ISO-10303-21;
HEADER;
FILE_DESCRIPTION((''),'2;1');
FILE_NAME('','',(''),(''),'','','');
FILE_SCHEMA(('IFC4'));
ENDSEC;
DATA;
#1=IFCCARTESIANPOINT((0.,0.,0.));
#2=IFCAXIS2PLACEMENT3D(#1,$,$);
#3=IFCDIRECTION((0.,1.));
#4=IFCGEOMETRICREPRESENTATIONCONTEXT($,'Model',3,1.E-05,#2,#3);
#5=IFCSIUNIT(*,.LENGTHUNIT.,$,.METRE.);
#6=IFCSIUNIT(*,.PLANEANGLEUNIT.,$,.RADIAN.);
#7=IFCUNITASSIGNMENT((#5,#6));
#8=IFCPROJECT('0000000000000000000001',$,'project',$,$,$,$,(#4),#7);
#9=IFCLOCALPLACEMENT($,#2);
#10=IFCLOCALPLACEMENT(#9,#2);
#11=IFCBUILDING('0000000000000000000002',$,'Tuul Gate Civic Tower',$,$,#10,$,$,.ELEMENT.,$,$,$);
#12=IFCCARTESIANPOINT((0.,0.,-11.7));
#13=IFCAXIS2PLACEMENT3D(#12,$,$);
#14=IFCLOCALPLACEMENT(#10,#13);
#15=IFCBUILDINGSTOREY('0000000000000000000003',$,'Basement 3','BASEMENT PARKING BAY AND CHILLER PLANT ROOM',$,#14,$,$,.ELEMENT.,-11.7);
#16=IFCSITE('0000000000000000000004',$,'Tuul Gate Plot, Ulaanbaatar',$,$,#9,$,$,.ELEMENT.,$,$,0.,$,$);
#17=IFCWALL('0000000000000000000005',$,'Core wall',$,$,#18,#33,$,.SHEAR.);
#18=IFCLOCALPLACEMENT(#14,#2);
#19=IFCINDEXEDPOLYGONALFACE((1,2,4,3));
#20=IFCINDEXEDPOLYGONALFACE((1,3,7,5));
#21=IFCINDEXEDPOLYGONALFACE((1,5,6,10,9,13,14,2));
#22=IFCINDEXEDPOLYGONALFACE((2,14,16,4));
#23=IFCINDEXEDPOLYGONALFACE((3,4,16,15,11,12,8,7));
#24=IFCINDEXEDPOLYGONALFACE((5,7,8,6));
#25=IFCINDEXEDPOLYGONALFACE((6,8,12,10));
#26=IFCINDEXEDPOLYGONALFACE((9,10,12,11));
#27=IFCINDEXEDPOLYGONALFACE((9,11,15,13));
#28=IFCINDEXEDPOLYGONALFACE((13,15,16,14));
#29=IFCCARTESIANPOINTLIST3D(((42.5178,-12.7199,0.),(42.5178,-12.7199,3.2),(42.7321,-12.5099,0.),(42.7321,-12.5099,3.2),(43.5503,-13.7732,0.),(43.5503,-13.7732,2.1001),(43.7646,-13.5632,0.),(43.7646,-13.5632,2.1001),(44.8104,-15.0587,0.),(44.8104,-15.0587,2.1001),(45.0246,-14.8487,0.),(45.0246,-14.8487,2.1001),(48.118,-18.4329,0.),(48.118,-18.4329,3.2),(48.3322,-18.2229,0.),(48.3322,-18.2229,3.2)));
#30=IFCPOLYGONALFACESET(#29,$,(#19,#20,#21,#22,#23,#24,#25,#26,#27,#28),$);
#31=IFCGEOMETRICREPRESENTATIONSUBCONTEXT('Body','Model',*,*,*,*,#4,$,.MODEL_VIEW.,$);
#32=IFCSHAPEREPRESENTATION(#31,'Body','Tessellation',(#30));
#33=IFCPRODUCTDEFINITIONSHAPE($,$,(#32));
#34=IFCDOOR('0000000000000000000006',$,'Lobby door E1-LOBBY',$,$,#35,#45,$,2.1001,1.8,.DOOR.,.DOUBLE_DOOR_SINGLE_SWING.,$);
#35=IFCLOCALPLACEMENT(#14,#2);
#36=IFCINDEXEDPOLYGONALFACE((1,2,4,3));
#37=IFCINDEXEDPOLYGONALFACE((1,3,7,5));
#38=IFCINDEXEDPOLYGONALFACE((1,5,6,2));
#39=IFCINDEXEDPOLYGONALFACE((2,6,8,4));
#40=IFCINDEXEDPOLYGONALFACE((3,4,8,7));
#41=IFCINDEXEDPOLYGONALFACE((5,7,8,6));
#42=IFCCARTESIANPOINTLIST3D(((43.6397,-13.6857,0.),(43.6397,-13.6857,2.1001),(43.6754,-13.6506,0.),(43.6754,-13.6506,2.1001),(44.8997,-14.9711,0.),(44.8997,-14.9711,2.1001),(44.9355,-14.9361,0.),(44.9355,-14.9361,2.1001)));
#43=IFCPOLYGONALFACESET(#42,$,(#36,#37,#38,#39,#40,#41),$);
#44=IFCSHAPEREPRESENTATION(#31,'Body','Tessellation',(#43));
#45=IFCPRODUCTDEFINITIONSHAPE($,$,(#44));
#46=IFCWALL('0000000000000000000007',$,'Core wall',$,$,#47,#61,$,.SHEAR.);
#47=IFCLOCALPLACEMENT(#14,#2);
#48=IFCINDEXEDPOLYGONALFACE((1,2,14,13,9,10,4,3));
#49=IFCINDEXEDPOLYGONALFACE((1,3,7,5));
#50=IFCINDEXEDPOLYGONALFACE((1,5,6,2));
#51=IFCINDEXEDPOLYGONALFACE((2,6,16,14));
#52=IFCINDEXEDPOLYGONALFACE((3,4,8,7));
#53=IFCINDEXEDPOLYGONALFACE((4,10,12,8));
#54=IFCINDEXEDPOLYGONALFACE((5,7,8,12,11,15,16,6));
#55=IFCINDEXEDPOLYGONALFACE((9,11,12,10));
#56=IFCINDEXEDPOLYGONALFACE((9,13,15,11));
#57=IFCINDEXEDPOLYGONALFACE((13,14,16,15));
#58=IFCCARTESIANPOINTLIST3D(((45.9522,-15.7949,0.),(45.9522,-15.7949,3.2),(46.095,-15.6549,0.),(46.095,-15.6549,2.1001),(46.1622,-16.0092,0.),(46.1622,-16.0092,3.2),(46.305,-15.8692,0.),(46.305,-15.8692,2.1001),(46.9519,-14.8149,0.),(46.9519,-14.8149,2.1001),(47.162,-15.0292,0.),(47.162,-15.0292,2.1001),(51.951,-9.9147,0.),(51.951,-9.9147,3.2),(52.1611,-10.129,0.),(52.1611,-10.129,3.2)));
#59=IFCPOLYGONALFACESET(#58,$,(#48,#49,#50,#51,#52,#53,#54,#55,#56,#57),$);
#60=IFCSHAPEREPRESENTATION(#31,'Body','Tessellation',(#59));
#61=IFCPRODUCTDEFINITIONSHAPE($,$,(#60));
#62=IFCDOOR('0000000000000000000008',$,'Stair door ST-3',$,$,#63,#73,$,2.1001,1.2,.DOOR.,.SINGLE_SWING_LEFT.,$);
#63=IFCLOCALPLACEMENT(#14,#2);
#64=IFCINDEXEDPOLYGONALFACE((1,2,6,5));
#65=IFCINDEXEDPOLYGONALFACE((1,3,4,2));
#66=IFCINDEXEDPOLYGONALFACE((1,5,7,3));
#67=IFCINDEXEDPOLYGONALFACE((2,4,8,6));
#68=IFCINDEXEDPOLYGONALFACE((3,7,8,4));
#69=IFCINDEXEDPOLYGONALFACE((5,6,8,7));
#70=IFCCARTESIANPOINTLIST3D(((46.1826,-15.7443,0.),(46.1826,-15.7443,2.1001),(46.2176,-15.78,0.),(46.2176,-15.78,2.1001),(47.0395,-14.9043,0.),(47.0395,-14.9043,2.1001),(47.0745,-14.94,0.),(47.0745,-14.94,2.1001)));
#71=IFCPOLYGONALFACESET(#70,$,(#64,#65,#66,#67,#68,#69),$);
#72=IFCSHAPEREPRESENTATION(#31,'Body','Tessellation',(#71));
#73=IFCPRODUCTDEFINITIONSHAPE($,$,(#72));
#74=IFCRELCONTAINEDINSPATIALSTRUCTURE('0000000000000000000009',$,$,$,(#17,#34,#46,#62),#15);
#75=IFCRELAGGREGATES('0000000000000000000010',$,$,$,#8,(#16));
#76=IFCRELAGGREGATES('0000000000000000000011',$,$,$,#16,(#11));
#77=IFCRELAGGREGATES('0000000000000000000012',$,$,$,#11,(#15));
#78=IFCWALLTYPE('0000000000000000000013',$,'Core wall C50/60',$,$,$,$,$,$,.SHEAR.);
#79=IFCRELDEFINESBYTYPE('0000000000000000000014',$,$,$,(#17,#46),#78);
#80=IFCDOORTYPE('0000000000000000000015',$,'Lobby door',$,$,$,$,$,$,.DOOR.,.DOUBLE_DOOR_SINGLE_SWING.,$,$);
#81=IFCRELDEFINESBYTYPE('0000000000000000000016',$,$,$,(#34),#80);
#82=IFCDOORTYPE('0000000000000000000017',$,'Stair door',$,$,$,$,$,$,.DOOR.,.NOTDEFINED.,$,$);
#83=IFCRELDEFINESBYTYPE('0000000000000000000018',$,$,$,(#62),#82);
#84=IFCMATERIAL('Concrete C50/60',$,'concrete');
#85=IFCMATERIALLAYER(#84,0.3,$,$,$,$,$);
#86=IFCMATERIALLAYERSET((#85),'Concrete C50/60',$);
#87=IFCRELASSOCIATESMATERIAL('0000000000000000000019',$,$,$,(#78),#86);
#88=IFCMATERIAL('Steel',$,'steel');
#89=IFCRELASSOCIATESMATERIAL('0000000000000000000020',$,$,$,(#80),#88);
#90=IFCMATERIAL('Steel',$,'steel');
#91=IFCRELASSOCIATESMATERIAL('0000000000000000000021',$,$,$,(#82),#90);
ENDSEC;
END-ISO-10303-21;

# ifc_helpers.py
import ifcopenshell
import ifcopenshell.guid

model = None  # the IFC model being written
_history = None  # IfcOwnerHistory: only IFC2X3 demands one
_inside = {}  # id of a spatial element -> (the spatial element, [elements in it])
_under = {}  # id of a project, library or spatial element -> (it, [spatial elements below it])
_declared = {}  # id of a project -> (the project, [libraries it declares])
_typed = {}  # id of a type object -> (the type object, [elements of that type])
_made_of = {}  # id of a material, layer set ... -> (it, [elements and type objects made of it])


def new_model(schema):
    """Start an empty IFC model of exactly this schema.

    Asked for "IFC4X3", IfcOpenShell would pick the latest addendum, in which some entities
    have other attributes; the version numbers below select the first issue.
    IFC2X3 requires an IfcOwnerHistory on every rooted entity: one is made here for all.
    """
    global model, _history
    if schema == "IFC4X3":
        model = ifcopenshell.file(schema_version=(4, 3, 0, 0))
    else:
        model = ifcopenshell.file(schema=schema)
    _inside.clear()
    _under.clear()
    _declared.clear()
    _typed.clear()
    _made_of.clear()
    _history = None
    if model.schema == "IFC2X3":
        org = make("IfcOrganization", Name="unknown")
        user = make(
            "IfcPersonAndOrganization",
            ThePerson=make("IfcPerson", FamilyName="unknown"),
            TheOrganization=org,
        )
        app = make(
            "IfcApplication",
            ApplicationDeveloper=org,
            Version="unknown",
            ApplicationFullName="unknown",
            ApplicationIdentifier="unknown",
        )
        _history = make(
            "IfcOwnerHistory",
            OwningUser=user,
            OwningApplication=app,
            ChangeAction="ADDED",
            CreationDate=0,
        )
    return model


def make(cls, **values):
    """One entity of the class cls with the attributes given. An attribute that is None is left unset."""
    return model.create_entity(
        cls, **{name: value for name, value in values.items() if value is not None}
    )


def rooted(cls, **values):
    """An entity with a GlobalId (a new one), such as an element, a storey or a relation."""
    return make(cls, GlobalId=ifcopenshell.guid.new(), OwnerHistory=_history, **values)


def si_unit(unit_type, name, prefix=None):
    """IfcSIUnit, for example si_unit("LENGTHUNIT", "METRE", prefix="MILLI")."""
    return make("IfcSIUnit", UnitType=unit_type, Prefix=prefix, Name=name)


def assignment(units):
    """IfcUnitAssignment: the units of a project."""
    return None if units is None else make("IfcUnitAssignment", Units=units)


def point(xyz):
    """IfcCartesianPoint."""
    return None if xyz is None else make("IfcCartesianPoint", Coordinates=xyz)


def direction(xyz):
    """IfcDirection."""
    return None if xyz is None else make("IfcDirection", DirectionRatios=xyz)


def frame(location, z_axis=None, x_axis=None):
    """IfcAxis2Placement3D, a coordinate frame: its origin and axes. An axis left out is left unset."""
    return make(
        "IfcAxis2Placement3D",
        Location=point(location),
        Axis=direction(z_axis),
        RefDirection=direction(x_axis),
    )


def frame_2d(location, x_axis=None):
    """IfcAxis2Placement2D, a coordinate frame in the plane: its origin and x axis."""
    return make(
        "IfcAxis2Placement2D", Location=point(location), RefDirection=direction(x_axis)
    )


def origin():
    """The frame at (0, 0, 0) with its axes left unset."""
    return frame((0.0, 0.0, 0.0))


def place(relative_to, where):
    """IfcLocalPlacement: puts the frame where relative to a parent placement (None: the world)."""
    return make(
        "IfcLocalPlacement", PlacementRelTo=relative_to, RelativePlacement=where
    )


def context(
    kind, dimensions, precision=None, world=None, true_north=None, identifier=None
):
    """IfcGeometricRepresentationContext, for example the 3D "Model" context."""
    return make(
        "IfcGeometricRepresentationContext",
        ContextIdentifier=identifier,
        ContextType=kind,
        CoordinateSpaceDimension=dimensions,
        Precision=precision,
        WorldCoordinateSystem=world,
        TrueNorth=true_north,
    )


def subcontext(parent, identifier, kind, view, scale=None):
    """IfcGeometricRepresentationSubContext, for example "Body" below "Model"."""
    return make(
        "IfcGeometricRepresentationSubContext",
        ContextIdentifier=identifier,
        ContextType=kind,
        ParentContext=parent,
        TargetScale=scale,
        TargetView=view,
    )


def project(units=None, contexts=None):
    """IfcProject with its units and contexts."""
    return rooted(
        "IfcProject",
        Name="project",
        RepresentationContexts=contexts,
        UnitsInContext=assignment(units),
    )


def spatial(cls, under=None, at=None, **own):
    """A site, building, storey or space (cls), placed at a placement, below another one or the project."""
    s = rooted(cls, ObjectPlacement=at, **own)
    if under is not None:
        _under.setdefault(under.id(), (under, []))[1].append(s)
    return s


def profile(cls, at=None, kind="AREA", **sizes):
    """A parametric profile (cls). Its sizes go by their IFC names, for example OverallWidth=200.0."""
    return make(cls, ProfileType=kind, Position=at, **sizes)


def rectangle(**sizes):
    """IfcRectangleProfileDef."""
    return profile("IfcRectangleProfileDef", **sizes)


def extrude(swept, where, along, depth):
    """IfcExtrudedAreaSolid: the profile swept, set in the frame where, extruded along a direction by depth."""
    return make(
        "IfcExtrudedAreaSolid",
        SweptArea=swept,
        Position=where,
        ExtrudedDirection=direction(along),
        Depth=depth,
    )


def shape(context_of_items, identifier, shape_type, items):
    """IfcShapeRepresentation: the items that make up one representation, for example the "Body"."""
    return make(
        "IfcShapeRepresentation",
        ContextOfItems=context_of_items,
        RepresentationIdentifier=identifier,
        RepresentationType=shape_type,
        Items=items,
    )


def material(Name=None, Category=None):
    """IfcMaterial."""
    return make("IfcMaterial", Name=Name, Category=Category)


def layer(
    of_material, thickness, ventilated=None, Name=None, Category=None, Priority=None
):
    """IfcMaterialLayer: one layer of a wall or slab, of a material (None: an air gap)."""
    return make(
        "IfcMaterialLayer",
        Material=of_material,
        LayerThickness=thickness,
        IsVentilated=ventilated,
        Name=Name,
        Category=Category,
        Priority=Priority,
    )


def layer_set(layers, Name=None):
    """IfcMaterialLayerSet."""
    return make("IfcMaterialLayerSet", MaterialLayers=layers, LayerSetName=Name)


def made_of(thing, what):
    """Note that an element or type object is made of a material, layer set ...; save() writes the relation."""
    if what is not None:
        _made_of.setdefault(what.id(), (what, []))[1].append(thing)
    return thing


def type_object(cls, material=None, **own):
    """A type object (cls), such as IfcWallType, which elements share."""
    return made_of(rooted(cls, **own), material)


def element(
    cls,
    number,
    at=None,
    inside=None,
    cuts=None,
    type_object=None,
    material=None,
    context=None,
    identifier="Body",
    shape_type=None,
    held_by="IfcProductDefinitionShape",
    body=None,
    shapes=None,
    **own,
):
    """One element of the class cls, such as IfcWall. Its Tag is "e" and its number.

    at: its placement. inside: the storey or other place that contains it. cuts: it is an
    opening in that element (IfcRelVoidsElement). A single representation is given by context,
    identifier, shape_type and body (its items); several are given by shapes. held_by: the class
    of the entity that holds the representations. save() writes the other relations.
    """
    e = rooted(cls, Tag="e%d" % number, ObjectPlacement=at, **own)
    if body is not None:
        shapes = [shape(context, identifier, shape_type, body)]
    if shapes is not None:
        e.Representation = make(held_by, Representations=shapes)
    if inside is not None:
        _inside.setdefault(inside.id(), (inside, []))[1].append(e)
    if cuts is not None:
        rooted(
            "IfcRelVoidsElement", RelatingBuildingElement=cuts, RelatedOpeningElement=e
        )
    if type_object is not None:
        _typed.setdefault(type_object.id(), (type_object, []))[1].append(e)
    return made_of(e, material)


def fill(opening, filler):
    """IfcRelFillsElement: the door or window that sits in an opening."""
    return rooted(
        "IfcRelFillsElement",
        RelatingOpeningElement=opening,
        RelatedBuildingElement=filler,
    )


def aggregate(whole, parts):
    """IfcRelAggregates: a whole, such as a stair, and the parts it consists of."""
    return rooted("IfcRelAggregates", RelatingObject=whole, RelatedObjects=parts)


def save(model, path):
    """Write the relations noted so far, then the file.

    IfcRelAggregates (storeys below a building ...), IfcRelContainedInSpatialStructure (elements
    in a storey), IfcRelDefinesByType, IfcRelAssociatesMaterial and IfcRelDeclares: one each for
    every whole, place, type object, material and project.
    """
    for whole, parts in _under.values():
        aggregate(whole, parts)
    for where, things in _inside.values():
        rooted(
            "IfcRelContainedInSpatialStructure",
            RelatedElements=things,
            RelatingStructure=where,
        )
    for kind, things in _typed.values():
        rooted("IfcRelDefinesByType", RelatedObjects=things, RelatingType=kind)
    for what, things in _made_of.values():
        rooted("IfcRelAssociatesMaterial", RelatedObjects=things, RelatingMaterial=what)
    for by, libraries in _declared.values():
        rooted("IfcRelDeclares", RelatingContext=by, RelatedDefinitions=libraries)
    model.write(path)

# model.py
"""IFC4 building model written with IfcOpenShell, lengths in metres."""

from ifc_helpers import new_model, si_unit, direction, frame, frame_2d, origin, place, context, subcontext, project, spatial, rectangle, extrude, material, layer, layer_set, type_object, element, fill, save


model = new_model("IFC4")

# Units and contexts
model_context = context("Model", 3, precision=1e-05, world=origin(), true_north=direction((0.0, 1.0)))
body_context = subcontext(model_context, "Body", "Model", "MODEL_VIEW")
ifc_project = project(units=[si_unit("LENGTHUNIT", "METRE"), si_unit("PLANEANGLEUNIT", "RADIAN")], contexts=[model_context])

# Site, building, storey
site_placement = place(None, origin())
site = spatial("IfcSite", under=ifc_project, at=site_placement, Name="Tuul Gate Plot, Ulaanbaatar", CompositionType="ELEMENT", RefElevation=0.0)
building_placement = place(site_placement, origin())
building = spatial("IfcBuilding", under=site, at=building_placement, Name="Tuul Gate Civic Tower", CompositionType="ELEMENT")
storey_placement = place(building_placement, frame((0.0, 0.0, -11.7)))
storey = spatial("IfcBuildingStorey", under=building, at=storey_placement, Name="Basement 3", Description="BASEMENT PARKING BAY AND CHILLER PLANT ROOM", CompositionType="ELEMENT", Elevation=-11.7)

# Walls, openings, doors
ifc_material_1 = material(Name="Concrete C50/60", Category="concrete")
ifc_layer = layer(ifc_material_1, 0.3)
ifc_layer_set = layer_set([ifc_layer], Name="Concrete C50/60")
wall_type = type_object("IfcWallType", Name="Core wall C50/60", PredefinedType="SHEAR", material=ifc_layer_set)
wall_1_placement = place(storey_placement, frame((48.2251, -18.3279, 0.0), z_axis=(0.0, 0.0, 1.0), x_axis=(-0.700022, 0.714121, 0.0)))
wall_1 = element("IfcWall", 1, at=wall_1_placement, inside=storey, type_object=wall_type, Name="Core wall", PredefinedType="SHEAR", context=body_context, shape_type="SweptSolid", body=[
    extrude(rectangle(XDim=8.0, YDim=0.3, at=frame_2d((4.0, 0.0))), origin(), (0.0, 0.0, 1.0), 3.2),
])
opening_1_placement = place(wall_1_placement, frame((4.7251, 0.0, 0.0)))
opening_1 = element("IfcOpeningElement", 2, at=opening_1_placement, cuts=wall_1, PredefinedType="OPENING", context=body_context, shape_type="SweptSolid", body=[
    extrude(rectangle(XDim=1.8, YDim=2.1001, at=frame_2d((0.8999, 1.05))), frame((0.0, 0.1602, 0.0), z_axis=(0.0, -1.0, 0.0), x_axis=(1.0, 0.0, 0.0)), (0.0, 0.0, 1.0), 0.3201),
])
ifc_material_2 = material(Name="Steel", Category="steel")
door_type_1 = type_object("IfcDoorType", Name="Lobby door", OperationType="DOUBLE_DOOR_SINGLE_SWING", PredefinedType="DOOR", material=ifc_material_2)
door_1_placement = place(opening_1_placement, origin())
door_1 = element("IfcDoor", 3, at=door_1_placement, inside=storey, type_object=door_type_1, Name="Lobby door E1-LOBBY", OperationType="DOUBLE_DOOR_SINGLE_SWING", OverallHeight=2.1001, OverallWidth=1.8, PredefinedType="DOOR", context=body_context, shape_type="SweptSolid", body=[
    extrude(rectangle(XDim=1.8, YDim=2.1001, at=frame_2d((0.8999, 1.05))), frame((0.0, 0.0249, 0.0), z_axis=(0.0, -1.0, 0.0), x_axis=(1.0, 0.0, 0.0)), (0.0, 0.0, 1.0), 0.05),
])
fill(opening_1, door_1)
wall_2_placement = place(storey_placement, frame((46.0571, -15.9021, 0.0), z_axis=(0.0, 0.0, 1.0), x_axis=(0.714134, 0.700009, 0.0)))
wall_2 = element("IfcWall", 4, at=wall_2_placement, inside=storey, type_object=wall_type, Name="Core wall", PredefinedType="SHEAR", context=body_context, shape_type="SweptSolid", body=[
    extrude(rectangle(XDim=8.4001, YDim=0.3, at=frame_2d((4.2002, 0.0))), origin(), (0.0, 0.0, 1.0), 3.2),
])
opening_2_placement = place(wall_2_placement, frame((0.2, 0.0, 0.0)))
opening_2 = element("IfcOpeningElement", 5, at=opening_2_placement, cuts=wall_2, PredefinedType="OPENING", context=body_context, shape_type="SweptSolid", body=[
    extrude(rectangle(XDim=1.2, YDim=2.1001, at=frame_2d((0.6001, 1.05))), frame((0.0, 0.1602, 0.0), z_axis=(0.0, -1.0, 0.0), x_axis=(1.0, 0.0, 0.0)), (0.0, 0.0, 1.0), 0.3201),
])
ifc_material_3 = material(Name="Steel", Category="steel")
door_type_2 = type_object("IfcDoorType", Name="Stair door", OperationType="NOTDEFINED", PredefinedType="DOOR", material=ifc_material_3)
door_2_placement = place(opening_2_placement, origin())
door_2 = element("IfcDoor", 6, at=door_2_placement, inside=storey, type_object=door_type_2, Name="Stair door ST-3", OperationType="SINGLE_SWING_LEFT", OverallHeight=2.1001, OverallWidth=1.2, PredefinedType="DOOR", context=body_context, shape_type="SweptSolid", body=[
    extrude(rectangle(XDim=1.2, YDim=2.1001, at=frame_2d((0.6001, 1.05))), frame((0.0, 0.0249, 0.0), z_axis=(0.0, -1.0, 0.0), x_axis=(1.0, 0.0, 0.0)), (0.0, 0.0, 1.0), 0.05),
])
fill(opening_2, door_2)

save(model, "model.ifc")
